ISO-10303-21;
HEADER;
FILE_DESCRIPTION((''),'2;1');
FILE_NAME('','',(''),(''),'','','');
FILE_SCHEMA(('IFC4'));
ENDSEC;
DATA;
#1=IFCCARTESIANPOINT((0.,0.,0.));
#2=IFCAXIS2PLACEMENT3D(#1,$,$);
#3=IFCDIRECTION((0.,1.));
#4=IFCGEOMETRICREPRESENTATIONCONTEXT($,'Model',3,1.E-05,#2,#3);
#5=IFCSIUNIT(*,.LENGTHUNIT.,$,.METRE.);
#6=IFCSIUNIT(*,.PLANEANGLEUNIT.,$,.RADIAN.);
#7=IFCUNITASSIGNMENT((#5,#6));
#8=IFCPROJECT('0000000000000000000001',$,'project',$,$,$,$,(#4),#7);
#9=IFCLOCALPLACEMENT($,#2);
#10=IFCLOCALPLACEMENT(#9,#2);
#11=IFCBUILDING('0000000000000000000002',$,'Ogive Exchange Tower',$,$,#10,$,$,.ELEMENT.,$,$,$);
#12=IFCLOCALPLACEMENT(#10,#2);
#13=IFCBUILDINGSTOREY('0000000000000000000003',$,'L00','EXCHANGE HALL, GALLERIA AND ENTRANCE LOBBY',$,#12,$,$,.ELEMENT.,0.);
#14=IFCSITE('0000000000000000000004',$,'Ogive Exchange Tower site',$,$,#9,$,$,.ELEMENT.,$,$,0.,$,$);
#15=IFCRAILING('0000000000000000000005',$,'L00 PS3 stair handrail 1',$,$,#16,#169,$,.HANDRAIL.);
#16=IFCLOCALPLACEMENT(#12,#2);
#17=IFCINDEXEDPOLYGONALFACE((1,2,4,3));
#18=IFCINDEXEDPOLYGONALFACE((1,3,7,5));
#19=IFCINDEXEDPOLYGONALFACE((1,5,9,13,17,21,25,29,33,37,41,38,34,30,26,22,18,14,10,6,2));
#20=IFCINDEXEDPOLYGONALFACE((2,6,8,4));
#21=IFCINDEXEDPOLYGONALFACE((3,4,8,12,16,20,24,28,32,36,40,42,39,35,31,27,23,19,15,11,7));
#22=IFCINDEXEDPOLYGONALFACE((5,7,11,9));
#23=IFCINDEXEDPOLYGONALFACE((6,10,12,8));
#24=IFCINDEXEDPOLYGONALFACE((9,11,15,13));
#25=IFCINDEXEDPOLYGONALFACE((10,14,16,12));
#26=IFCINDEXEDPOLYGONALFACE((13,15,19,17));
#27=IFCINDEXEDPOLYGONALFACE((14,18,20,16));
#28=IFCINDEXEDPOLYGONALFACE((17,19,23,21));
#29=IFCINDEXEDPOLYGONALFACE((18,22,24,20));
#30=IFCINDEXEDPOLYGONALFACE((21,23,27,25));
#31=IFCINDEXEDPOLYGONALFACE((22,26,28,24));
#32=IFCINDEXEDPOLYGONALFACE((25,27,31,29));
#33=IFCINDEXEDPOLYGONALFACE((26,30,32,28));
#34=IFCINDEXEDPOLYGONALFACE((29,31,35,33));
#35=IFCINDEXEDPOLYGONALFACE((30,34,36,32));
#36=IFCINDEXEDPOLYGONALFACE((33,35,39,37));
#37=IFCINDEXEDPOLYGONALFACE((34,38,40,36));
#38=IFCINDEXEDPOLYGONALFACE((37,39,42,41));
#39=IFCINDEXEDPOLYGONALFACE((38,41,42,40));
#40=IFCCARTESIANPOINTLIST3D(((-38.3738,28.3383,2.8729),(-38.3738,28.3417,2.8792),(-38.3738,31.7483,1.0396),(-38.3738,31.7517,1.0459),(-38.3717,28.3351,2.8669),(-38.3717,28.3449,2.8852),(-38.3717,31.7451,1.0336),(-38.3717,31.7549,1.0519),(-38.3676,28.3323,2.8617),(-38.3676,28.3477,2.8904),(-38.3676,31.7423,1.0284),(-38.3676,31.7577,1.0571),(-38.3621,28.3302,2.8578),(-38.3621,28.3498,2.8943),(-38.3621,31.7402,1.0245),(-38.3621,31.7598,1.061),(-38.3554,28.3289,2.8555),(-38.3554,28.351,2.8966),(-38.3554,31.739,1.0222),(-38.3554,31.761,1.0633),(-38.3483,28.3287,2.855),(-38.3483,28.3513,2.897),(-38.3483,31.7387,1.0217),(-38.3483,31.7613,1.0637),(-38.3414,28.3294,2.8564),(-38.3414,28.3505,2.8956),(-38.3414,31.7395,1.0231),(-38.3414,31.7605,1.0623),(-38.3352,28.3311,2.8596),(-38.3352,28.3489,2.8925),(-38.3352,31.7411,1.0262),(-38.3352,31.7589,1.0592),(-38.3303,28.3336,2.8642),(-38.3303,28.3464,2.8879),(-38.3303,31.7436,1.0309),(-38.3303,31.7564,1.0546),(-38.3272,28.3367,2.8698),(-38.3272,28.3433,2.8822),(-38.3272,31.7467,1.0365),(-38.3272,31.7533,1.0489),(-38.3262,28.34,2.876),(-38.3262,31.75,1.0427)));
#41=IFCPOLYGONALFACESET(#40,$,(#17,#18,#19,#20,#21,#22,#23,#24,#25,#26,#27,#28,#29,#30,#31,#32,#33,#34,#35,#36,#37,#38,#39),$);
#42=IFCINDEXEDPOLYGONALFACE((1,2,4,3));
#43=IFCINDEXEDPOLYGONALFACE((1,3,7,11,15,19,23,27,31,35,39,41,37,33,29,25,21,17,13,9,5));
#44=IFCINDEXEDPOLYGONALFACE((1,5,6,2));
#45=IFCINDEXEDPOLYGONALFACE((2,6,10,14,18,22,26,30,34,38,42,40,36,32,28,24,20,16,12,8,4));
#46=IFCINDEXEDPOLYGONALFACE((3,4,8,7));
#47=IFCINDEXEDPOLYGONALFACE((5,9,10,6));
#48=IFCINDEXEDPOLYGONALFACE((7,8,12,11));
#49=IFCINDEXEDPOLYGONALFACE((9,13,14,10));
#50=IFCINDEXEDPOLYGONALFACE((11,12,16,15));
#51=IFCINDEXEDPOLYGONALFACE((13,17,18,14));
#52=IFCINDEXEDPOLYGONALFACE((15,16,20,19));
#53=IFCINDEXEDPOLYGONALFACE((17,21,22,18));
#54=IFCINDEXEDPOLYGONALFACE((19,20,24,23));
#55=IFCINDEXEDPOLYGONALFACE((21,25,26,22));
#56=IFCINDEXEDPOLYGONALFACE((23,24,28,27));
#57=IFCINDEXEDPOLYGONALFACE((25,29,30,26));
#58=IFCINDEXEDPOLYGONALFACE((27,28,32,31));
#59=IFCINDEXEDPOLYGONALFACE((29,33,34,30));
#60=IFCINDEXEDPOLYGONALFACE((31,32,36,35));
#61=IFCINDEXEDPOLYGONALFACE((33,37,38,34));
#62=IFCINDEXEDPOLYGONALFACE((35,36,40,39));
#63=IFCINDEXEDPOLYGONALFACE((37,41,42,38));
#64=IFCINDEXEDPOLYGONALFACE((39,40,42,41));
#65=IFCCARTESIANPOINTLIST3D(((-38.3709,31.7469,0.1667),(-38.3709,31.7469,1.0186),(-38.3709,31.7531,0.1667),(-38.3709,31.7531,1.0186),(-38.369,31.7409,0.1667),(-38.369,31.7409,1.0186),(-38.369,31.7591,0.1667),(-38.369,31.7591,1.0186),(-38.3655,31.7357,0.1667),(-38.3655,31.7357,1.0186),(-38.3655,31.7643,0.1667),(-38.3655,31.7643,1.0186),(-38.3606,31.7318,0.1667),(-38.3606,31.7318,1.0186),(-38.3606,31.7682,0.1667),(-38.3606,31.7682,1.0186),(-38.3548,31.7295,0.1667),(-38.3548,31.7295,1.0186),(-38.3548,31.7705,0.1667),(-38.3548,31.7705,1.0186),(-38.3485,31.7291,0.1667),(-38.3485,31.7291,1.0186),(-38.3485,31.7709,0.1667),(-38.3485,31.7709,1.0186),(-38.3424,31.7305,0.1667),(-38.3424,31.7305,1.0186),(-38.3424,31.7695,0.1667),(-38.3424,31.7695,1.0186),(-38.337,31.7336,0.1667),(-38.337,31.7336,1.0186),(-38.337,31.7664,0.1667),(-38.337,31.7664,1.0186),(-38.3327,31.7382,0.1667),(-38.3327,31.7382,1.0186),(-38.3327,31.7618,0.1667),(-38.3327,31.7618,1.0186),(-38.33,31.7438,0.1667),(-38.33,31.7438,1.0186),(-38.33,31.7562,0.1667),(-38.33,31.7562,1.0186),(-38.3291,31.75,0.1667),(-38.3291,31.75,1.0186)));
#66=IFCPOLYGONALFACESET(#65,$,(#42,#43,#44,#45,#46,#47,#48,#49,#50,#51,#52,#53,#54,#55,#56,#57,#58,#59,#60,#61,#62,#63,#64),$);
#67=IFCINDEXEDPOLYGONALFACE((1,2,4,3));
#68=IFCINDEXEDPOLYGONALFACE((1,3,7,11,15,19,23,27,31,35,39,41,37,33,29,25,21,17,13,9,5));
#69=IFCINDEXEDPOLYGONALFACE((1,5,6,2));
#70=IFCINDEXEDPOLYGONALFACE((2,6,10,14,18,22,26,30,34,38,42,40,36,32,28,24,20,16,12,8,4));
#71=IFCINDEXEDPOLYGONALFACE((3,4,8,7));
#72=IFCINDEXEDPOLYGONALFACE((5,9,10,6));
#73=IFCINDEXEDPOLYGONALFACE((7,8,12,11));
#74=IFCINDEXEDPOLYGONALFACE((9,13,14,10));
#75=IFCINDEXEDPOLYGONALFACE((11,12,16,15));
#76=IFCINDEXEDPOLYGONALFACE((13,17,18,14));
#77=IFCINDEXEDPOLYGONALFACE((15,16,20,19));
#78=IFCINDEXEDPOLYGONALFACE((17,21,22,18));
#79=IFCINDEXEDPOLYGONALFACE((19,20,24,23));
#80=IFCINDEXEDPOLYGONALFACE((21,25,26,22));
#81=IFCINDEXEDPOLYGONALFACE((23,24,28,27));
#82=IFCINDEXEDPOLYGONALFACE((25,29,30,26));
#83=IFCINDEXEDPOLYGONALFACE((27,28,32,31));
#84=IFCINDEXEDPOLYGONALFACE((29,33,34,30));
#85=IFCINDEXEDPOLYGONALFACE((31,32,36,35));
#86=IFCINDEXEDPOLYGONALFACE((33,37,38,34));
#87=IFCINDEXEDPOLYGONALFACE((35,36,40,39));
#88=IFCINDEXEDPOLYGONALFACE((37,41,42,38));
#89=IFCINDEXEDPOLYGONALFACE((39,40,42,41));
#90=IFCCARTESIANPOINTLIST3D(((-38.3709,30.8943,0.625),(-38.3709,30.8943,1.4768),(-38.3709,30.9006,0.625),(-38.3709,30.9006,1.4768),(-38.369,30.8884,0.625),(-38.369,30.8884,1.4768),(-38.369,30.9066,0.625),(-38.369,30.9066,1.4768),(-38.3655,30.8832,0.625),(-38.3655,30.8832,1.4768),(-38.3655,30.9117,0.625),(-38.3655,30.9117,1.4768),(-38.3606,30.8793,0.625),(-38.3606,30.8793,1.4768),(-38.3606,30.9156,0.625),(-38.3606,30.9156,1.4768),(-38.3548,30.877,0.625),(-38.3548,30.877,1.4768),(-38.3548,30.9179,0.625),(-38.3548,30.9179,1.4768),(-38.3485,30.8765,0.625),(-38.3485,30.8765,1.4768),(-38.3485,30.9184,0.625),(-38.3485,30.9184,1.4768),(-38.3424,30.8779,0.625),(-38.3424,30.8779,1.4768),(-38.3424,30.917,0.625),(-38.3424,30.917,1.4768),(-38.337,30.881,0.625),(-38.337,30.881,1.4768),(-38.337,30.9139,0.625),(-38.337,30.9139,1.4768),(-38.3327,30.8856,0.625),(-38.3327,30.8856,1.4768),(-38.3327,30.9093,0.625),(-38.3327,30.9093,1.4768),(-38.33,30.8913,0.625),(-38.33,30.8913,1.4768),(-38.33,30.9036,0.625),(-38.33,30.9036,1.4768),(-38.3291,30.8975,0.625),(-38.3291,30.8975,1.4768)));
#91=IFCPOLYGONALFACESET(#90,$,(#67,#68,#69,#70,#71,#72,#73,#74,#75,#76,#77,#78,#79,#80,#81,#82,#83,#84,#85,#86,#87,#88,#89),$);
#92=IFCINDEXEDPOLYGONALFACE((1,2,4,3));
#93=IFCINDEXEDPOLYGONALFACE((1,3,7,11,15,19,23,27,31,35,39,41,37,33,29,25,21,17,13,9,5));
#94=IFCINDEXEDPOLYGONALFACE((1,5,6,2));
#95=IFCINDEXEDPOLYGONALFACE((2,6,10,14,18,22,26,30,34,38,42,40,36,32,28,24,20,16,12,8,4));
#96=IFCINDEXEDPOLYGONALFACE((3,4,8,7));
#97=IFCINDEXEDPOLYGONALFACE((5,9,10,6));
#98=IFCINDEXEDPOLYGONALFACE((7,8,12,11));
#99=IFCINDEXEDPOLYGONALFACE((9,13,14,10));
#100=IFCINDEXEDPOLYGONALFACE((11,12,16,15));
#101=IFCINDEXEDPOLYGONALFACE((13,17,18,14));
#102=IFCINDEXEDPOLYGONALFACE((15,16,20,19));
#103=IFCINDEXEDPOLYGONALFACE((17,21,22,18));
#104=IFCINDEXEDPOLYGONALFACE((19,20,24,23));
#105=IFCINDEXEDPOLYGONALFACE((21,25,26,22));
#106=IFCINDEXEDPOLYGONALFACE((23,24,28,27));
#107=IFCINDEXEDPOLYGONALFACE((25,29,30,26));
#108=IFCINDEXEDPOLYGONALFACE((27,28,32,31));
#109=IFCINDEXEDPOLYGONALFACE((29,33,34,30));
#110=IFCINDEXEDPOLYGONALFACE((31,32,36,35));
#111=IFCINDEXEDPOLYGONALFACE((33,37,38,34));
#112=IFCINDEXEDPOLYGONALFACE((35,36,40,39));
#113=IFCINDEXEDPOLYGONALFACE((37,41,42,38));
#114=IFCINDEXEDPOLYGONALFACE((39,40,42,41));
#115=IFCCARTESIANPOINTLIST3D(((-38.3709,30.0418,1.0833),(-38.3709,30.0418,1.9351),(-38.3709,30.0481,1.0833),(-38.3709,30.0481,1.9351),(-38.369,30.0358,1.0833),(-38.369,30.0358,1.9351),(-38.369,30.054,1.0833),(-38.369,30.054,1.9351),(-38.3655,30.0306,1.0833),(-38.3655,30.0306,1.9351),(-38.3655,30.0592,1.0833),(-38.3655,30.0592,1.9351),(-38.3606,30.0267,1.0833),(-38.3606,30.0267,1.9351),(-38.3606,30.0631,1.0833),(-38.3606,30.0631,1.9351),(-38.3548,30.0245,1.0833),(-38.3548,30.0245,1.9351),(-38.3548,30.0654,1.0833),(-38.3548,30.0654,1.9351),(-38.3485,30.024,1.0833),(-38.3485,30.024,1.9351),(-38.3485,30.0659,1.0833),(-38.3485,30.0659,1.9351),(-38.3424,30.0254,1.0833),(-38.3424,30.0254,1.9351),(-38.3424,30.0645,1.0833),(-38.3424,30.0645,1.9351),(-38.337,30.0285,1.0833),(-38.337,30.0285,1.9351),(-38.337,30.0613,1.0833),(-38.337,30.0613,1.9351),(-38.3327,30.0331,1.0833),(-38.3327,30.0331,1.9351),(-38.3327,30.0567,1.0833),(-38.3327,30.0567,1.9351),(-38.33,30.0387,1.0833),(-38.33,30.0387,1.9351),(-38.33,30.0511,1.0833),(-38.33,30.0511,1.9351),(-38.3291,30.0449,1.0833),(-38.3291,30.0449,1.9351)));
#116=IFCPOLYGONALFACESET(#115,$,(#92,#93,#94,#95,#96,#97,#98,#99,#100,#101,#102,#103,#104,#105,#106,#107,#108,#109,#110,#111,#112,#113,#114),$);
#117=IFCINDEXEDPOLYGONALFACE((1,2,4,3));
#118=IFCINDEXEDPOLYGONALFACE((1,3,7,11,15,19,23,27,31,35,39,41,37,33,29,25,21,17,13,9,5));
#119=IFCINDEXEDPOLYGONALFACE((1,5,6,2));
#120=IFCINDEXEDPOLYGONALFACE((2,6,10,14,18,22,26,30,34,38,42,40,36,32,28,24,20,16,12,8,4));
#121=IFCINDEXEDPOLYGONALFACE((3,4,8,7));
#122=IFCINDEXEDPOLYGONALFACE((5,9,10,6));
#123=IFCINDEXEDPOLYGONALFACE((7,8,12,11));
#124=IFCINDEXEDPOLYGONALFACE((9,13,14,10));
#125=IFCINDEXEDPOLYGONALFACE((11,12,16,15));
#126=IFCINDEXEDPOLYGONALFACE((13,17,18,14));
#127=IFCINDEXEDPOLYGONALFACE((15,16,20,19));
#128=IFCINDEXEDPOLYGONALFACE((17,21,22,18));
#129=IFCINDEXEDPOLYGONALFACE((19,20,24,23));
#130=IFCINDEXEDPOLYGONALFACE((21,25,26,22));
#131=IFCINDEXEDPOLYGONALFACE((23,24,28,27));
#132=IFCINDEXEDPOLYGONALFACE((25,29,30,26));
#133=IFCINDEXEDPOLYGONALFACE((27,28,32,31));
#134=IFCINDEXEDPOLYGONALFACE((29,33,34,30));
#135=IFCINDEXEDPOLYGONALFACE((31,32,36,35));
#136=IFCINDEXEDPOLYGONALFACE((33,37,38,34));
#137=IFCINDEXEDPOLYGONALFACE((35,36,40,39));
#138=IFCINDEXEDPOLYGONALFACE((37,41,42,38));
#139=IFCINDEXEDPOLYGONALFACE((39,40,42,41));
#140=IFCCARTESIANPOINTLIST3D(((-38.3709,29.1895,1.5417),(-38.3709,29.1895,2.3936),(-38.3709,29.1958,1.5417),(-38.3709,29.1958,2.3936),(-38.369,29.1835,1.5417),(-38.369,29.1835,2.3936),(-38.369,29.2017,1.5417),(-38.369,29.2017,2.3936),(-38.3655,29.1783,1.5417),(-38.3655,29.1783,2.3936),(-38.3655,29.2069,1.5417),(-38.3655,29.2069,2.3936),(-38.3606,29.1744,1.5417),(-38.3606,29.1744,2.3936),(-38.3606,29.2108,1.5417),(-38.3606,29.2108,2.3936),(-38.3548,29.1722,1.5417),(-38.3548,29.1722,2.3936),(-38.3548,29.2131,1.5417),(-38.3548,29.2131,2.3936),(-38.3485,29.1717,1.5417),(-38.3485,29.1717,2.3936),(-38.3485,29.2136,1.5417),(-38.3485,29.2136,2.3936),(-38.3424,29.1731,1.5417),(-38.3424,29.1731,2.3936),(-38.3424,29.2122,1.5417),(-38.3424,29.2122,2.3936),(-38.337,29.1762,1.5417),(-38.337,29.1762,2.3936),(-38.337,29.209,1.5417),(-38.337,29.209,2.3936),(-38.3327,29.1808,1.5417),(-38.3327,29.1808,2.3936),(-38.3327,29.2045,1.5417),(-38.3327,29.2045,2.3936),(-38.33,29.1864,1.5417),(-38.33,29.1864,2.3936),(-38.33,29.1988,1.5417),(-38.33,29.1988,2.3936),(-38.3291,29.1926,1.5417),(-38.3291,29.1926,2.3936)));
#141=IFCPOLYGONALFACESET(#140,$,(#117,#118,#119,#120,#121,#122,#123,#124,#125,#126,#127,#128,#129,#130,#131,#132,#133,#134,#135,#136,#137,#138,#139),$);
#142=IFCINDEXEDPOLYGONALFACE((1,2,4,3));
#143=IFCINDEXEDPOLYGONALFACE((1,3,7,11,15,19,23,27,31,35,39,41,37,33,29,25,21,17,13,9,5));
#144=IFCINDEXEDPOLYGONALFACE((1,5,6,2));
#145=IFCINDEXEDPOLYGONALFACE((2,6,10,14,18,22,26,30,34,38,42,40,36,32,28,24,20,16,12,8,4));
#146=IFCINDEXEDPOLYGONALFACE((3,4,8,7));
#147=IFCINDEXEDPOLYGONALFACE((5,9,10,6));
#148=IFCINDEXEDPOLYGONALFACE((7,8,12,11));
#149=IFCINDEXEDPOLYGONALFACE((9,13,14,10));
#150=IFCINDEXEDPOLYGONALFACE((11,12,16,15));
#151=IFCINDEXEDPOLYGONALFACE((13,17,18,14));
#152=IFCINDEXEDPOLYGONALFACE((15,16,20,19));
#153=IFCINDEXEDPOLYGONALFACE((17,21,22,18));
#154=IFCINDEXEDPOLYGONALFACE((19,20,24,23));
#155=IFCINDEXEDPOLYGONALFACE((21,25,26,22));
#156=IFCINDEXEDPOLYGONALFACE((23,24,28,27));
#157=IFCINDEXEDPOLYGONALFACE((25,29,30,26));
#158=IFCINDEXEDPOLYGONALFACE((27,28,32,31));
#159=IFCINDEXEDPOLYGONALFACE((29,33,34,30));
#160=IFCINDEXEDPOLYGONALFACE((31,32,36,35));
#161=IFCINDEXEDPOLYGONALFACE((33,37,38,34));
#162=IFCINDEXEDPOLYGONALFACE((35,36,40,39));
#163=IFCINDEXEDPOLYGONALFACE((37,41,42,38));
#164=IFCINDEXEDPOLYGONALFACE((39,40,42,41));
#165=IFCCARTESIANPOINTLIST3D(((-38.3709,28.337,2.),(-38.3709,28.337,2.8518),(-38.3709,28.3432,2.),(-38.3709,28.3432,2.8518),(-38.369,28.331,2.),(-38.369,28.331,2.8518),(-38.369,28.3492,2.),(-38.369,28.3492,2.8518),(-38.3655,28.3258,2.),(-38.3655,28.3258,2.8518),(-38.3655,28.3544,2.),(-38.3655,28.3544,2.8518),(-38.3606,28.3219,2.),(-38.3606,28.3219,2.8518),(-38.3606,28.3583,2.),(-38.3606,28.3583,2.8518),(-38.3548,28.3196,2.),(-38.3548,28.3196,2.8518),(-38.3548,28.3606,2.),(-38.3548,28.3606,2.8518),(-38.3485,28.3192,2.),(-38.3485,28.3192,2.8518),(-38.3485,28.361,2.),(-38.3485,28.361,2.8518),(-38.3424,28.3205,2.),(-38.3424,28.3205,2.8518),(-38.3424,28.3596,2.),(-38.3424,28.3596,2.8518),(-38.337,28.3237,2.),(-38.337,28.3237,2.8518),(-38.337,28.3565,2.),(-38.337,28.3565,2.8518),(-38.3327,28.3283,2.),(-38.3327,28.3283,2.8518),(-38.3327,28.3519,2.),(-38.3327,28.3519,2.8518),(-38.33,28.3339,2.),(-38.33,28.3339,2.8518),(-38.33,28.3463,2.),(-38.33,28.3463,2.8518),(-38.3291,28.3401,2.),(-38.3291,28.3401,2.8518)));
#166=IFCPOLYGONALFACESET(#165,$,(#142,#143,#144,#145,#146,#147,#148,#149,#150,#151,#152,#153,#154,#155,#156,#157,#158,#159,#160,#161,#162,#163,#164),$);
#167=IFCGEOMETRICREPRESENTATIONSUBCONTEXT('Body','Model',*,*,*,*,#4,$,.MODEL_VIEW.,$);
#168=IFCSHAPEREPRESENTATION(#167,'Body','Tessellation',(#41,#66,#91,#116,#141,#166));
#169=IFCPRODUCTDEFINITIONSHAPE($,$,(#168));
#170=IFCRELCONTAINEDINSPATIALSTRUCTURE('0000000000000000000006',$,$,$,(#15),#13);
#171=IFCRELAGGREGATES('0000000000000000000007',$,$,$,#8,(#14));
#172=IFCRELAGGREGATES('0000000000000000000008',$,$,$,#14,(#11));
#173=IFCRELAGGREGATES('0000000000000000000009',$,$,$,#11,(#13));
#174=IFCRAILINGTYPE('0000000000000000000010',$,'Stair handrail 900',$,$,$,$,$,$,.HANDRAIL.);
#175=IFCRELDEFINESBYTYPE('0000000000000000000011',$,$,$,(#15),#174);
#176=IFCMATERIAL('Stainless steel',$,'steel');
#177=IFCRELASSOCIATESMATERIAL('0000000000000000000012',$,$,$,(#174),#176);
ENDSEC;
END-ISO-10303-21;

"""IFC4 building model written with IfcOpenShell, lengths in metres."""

from ifc_helpers import new_model, si_unit, direction, frame, origin, origin_2d, place, context, subcontext, project, spatial, circle, extrude, material, type_object, element, save


model = new_model("IFC4")

# Units and contexts
model_context = context("Model", 3, precision=1e-05, world=origin(), true_north=direction((0.0, 1.0)))
body_context = subcontext(model_context, "Body", "Model", "MODEL_VIEW")
ifc_project = project(units=[si_unit("LENGTHUNIT", "METRE"), si_unit("PLANEANGLEUNIT", "RADIAN")], contexts=[model_context])

# Site, building, storey
site_placement = place(None, origin())
site = spatial("IfcSite", under=ifc_project, at=site_placement, Name="Ogive Exchange Tower site", CompositionType="ELEMENT", RefElevation=0.0)
building_placement = place(site_placement, origin())
building = spatial("IfcBuilding", under=site, at=building_placement, Name="Ogive Exchange Tower", CompositionType="ELEMENT")
storey_placement = place(building_placement, origin())
storey = spatial("IfcBuildingStorey", under=building, at=storey_placement, Name="L00", Description="EXCHANGE HALL, GALLERIA AND ENTRANCE LOBBY", CompositionType="ELEMENT", Elevation=0.0)

# Railing
ifc_material_1 = material(Name="Stainless steel", Category="steel")
railing_type = type_object("IfcRailingType", Name="Stair handrail 900", PredefinedType="HANDRAIL", material=ifc_material_1)
for number, where, name in (
    (1, (-38.3501, 31.75, 0.1667), "L00 PS3 stair handrail 1"),
):
    element("IfcRailing", number, at=place(storey_placement, frame(where)), inside=storey, type_object=railing_type, Name=name, PredefinedType="HANDRAIL", context=body_context, shape_type="SweptSolid", body=[
        extrude(circle(Radius=0.0239, at=origin_2d()), frame((0.0, 0.0, 0.876), z_axis=(0.0, -0.880779, 0.473528), x_axis=(1.0, 0.0, 0.0)), (0.0, 0.0, 1.0), 3.8716),
        extrude(circle(Radius=0.021, at=origin_2d()), origin(), (0.0, 0.0, 1.0), 0.8518),
        extrude(circle(Radius=0.021, at=origin_2d()), frame((0.0, -0.8525, 0.4583)), (0.0, 0.0, 1.0), 0.8518),
        extrude(circle(Radius=0.021, at=origin_2d()), frame((0.0, -1.7051, 0.9165)), (0.0, 0.0, 1.0), 0.8518),
        extrude(circle(Radius=0.021, at=origin_2d()), frame((0.0, -2.5574, 1.375)), (0.0, 0.0, 1.0), 0.8518),
        extrude(circle(Radius=0.021, at=origin_2d()), frame((0.0, -3.4099, 1.8333)), (0.0, 0.0, 1.0), 0.8518),
    ])

save(model, "model.ifc")
